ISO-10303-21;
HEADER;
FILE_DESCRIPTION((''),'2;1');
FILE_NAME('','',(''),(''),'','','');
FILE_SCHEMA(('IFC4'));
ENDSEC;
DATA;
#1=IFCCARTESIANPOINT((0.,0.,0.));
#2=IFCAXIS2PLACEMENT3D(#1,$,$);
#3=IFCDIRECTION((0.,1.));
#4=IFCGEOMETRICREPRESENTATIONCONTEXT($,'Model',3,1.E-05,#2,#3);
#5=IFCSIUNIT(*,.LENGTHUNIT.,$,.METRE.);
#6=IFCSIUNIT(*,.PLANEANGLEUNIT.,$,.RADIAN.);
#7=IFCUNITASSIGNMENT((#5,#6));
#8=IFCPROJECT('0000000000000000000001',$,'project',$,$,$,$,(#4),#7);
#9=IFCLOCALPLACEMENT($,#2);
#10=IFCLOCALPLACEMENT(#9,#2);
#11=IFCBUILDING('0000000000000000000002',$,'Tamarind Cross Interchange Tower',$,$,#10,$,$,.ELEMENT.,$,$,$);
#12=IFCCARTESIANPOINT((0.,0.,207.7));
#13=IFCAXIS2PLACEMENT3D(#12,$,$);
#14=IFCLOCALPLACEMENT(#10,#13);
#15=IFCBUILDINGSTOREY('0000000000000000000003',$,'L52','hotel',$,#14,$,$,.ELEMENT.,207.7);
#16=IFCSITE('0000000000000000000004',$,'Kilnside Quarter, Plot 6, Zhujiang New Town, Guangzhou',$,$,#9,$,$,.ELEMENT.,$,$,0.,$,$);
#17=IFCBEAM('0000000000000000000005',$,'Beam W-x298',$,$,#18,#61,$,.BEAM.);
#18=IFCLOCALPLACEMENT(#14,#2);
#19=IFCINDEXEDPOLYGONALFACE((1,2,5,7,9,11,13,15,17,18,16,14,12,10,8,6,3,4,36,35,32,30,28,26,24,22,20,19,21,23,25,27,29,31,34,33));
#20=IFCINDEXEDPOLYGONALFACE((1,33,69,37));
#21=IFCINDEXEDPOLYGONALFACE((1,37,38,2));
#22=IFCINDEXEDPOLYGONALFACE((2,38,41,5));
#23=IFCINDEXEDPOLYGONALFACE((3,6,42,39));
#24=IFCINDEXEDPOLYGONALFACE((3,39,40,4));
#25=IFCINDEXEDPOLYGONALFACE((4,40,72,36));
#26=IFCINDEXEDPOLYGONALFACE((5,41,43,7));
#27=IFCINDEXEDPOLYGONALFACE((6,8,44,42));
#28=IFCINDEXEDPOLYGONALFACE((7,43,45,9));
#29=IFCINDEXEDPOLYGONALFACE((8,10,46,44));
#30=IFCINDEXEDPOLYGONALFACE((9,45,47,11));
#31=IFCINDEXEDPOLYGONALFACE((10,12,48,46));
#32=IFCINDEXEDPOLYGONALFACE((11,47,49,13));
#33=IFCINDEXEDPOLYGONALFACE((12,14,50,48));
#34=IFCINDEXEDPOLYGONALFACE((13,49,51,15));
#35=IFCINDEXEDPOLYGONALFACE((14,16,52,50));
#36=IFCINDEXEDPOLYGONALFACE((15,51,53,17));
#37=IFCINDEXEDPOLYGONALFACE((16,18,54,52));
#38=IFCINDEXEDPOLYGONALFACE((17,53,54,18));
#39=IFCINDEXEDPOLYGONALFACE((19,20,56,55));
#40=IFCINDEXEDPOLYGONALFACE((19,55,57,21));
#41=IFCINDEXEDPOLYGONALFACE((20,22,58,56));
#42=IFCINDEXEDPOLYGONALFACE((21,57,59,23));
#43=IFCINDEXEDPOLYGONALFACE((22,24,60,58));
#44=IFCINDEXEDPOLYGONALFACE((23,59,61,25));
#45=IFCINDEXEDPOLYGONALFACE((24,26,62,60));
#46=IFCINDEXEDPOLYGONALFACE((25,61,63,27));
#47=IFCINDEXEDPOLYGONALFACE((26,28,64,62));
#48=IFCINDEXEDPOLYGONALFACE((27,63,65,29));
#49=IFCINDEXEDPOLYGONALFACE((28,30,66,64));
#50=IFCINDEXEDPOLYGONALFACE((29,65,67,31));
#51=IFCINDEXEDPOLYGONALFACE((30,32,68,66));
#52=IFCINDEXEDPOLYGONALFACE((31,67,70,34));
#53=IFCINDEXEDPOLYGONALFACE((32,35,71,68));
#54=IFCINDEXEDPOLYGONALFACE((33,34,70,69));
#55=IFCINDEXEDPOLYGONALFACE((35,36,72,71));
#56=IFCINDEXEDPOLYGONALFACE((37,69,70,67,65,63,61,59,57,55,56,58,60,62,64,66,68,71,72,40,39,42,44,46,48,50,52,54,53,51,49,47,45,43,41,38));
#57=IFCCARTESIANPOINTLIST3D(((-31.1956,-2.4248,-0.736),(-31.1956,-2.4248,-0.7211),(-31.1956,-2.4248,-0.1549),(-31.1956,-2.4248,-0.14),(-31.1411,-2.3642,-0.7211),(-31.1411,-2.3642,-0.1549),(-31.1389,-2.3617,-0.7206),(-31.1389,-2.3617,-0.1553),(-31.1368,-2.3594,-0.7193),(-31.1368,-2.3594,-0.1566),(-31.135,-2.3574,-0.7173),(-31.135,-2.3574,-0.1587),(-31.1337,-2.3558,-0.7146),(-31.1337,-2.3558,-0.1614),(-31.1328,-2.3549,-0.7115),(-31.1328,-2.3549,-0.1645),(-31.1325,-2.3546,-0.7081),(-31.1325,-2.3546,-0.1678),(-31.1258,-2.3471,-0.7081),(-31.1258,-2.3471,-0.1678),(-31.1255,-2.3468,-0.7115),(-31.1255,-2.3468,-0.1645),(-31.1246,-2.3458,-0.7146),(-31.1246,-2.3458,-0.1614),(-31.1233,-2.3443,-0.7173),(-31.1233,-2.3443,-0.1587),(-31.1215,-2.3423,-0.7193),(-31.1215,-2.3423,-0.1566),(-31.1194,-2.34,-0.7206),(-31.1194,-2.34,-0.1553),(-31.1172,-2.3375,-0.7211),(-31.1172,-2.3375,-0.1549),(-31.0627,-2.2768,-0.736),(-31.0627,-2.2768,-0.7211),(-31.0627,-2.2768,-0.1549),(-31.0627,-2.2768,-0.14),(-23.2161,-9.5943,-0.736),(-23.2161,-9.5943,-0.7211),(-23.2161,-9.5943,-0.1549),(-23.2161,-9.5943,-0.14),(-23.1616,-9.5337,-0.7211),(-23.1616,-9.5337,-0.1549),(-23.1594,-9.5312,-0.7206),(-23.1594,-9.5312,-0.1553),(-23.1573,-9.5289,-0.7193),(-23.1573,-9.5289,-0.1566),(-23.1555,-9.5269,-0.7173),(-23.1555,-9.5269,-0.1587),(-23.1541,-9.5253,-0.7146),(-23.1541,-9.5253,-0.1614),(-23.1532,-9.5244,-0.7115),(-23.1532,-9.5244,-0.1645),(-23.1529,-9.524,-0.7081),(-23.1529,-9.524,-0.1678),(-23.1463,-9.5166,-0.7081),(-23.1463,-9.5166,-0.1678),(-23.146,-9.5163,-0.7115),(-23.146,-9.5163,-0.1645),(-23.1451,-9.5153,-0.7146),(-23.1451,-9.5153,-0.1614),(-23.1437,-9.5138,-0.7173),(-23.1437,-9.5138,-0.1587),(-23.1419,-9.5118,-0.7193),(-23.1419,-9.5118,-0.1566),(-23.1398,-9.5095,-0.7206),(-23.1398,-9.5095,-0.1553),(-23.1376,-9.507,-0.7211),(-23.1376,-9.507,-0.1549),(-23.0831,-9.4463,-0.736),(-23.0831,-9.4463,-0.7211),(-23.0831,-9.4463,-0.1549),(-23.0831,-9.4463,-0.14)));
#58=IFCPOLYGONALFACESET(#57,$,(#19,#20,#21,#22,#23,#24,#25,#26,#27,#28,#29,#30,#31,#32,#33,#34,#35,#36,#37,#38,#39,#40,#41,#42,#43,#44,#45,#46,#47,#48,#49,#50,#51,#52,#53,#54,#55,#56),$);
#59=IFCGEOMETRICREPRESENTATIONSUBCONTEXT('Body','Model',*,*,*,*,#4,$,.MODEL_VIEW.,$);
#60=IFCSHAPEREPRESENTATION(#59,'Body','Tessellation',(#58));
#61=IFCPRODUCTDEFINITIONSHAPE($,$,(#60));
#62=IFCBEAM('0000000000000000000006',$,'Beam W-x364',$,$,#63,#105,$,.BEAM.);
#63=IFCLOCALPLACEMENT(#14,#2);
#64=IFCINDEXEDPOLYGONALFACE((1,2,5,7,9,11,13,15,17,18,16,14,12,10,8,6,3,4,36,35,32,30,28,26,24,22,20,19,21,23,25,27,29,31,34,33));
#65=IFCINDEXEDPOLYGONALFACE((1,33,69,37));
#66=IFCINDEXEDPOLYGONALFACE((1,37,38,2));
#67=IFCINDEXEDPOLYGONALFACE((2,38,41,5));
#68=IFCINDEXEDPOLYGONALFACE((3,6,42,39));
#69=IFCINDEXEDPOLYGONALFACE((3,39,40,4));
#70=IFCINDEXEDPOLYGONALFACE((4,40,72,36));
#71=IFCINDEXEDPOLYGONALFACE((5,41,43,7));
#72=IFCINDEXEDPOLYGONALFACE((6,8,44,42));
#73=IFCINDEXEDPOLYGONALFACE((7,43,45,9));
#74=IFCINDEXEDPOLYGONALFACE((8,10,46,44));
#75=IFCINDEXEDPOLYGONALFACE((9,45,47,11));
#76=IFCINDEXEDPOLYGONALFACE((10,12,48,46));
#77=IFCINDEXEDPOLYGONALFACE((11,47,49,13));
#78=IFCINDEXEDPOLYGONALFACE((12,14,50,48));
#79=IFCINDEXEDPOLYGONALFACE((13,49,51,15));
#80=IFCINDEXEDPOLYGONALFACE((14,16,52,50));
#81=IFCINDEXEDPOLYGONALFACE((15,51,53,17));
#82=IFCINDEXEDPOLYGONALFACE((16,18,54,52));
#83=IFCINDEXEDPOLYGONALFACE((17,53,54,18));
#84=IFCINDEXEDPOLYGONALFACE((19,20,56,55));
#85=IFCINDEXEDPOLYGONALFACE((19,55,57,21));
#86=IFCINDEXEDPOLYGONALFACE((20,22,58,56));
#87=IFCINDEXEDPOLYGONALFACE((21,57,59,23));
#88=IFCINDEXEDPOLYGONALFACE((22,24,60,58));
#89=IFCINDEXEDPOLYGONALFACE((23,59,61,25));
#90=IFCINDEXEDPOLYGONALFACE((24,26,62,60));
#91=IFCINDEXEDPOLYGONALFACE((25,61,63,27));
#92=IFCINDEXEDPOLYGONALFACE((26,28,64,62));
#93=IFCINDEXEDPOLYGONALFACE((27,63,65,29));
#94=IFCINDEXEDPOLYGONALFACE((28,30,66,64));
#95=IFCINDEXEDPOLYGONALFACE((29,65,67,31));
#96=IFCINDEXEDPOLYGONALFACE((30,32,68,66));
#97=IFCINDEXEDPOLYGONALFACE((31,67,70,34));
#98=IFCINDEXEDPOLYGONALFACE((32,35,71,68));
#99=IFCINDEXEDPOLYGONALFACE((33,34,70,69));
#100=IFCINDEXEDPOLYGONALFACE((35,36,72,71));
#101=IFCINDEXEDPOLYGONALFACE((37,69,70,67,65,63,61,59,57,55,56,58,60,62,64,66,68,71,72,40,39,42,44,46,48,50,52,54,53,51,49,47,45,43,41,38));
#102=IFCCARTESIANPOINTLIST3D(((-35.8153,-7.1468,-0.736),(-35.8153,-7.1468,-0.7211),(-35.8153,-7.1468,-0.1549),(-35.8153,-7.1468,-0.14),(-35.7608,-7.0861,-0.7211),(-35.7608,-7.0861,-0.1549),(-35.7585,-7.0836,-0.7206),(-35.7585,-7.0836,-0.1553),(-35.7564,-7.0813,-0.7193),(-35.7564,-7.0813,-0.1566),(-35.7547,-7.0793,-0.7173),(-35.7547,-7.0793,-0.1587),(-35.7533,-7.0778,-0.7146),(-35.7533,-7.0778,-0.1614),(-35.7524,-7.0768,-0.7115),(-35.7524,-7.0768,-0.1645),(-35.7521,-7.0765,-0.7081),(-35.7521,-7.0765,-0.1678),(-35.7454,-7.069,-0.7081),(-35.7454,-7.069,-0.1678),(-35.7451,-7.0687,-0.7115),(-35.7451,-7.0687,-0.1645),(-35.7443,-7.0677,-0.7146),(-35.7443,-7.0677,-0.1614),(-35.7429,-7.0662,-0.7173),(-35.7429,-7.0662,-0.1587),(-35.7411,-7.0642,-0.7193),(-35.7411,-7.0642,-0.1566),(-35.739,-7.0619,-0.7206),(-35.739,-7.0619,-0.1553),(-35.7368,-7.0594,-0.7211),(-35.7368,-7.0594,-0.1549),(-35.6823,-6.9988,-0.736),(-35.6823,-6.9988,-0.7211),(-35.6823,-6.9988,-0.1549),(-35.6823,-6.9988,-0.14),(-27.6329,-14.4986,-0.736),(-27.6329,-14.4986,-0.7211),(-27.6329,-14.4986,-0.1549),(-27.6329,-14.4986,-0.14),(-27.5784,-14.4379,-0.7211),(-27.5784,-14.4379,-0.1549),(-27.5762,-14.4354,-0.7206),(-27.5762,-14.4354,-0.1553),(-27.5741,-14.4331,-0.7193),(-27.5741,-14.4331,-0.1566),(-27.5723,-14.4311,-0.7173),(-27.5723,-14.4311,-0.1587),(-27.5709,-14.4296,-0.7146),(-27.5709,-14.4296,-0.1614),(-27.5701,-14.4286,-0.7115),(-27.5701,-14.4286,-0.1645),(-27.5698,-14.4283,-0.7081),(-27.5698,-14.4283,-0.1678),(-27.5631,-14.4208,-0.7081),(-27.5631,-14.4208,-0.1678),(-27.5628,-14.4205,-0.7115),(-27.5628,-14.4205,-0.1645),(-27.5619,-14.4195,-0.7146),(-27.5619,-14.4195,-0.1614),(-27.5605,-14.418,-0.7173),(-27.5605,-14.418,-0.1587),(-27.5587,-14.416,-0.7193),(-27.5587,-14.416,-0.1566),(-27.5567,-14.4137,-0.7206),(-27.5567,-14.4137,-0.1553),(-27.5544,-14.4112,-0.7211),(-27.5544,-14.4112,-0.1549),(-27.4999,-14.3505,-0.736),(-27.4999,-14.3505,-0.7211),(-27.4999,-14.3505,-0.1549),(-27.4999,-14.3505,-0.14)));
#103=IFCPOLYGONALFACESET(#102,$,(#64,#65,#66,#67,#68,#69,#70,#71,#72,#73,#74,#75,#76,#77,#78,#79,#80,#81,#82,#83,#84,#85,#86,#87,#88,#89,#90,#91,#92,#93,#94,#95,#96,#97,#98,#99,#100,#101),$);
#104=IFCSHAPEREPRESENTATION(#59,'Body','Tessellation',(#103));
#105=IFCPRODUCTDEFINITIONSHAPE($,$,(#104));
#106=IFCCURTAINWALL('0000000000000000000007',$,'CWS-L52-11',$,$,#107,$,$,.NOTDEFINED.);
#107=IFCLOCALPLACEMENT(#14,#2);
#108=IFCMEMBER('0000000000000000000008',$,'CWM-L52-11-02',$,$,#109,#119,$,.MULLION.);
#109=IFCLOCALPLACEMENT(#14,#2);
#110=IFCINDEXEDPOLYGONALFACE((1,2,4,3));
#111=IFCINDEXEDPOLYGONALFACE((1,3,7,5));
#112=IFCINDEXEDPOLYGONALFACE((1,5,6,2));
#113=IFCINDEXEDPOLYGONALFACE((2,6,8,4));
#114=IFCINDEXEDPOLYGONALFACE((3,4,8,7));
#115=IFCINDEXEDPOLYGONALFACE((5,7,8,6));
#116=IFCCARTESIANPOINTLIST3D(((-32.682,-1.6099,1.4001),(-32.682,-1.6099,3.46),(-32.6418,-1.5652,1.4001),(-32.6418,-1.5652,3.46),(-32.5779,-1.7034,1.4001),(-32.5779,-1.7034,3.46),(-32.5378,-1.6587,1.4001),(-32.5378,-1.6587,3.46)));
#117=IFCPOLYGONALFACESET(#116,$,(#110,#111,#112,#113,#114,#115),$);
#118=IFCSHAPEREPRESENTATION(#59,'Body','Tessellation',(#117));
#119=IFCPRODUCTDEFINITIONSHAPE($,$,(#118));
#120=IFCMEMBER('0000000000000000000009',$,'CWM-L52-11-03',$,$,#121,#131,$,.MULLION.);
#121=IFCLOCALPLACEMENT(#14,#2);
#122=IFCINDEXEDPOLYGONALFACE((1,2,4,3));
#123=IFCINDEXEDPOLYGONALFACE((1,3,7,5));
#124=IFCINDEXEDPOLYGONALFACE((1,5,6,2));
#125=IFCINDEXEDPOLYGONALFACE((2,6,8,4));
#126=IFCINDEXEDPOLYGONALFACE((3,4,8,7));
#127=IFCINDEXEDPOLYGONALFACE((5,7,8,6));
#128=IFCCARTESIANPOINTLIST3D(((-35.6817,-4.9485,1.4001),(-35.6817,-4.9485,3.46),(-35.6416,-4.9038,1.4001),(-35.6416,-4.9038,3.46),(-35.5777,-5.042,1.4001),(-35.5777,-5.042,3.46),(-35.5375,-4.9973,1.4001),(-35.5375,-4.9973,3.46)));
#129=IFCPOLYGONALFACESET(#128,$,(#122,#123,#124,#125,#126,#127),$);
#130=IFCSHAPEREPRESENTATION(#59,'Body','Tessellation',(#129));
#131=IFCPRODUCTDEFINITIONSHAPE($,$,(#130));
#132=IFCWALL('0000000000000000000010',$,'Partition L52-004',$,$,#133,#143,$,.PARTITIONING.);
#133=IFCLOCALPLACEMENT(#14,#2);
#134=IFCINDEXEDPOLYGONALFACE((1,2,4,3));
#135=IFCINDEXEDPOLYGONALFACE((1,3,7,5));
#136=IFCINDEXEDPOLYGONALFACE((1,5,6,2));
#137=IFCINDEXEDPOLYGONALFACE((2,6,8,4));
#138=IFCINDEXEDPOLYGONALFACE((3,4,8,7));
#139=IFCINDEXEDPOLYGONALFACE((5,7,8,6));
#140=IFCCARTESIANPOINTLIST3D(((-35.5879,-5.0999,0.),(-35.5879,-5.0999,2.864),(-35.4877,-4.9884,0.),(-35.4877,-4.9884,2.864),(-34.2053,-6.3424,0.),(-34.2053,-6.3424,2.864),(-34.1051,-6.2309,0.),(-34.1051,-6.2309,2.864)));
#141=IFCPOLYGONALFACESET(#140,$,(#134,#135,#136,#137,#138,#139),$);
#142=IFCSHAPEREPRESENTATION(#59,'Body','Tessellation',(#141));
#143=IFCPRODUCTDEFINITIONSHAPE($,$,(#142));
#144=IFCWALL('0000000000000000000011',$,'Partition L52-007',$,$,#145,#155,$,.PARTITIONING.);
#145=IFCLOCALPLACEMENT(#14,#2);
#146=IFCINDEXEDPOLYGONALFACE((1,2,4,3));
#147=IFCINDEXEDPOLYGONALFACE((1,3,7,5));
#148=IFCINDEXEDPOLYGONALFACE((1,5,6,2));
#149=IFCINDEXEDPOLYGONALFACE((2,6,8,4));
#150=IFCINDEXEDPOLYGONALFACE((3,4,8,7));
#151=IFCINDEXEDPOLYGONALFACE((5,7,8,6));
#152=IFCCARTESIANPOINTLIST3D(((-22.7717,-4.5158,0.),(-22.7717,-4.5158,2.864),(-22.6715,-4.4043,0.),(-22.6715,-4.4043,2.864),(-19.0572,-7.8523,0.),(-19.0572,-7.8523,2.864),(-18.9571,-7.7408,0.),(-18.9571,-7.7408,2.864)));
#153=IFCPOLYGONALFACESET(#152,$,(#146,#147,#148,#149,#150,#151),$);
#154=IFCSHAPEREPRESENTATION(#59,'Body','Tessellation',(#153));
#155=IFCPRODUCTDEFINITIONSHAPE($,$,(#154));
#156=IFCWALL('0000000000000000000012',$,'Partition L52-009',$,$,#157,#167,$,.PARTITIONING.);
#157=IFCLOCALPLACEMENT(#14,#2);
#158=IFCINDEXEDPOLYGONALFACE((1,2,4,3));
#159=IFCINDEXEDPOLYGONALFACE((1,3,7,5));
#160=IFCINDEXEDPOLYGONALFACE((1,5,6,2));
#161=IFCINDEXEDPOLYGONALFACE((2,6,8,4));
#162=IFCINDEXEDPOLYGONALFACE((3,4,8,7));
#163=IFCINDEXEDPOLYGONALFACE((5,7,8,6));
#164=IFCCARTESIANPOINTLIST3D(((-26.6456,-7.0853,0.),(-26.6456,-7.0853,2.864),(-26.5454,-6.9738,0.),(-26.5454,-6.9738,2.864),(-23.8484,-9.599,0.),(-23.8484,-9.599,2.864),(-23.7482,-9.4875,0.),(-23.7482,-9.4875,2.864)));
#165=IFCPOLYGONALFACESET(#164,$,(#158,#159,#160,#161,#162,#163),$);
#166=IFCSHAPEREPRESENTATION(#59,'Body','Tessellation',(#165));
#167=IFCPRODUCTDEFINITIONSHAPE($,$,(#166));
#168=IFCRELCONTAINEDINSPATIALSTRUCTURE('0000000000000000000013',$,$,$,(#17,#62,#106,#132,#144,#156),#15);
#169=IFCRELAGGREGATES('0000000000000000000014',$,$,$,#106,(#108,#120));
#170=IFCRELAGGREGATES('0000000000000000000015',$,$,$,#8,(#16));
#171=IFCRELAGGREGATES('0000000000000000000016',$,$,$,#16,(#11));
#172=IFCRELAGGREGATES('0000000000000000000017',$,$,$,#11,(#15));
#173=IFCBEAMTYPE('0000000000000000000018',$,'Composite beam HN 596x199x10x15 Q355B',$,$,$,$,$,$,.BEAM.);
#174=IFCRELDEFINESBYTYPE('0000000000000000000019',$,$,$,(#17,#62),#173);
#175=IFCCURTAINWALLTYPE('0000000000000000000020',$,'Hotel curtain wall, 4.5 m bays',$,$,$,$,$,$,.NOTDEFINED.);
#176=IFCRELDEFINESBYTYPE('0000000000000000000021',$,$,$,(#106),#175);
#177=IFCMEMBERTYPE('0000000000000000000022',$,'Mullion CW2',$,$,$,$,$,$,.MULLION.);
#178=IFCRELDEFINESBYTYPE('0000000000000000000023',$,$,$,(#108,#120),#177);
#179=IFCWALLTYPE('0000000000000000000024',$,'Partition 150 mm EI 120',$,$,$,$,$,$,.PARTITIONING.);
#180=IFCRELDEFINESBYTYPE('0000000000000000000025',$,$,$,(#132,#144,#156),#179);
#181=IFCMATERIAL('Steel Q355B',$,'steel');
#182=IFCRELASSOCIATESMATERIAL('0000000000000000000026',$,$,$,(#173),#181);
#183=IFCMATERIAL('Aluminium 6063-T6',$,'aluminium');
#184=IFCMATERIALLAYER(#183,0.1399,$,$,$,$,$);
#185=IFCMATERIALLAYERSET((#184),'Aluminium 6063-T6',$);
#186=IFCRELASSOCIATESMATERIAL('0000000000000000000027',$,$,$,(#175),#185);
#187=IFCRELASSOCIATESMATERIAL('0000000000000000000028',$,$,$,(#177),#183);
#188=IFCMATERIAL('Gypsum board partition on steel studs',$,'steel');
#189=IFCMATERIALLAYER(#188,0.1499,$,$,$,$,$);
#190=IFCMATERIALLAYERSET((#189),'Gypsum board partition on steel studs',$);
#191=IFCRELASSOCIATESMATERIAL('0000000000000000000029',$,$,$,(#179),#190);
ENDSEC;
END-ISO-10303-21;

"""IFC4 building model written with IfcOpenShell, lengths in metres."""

from ifc_helpers import new_model, si_unit, direction, frame, frame_2d, origin, origin_2d, place, context, subcontext, project, spatial, rectangle, i_section, extrude, material, layer, layer_set, material_profile, profile_set, type_object, element, aggregate, save


model = new_model("IFC4")

# Units and contexts
model_context = context("Model", 3, precision=1e-05, world=origin(), true_north=direction((0.0, 1.0)))
body_context = subcontext(model_context, "Body", "Model", "MODEL_VIEW")
ifc_project = project(units=[si_unit("LENGTHUNIT", "METRE"), si_unit("PLANEANGLEUNIT", "RADIAN")], contexts=[model_context])

# Site, building, storey
site_placement = place(None, origin())
site = spatial("IfcSite", under=ifc_project, at=site_placement, Name="Kilnside Quarter, Plot 6, Zhujiang New Town, Guangzhou", CompositionType="ELEMENT", RefElevation=0.0)
building_placement = place(site_placement, origin())
building = spatial("IfcBuilding", under=site, at=building_placement, Name="Tamarind Cross Interchange Tower", CompositionType="ELEMENT")
storey_placement = place(building_placement, frame((0.0, 0.0, 207.7)))
storey = spatial("IfcBuildingStorey", under=building, at=storey_placement, Name="L52", Description="hotel", CompositionType="ELEMENT", Elevation=207.7)

# Beams
ifc_material_1 = material(Name="Steel Q355B", Category="steel")
ifc_material_profile_1 = material_profile(ifc_material_1, i_section(OverallWidth=0.199, OverallDepth=0.5959, WebThickness=0.01, FlangeThickness=0.0149, FilletRadius=0.0129, at=origin_2d()), Name="HN 596x199x10x15")
ifc_profile_set_1 = profile_set([ifc_material_profile_1], Name="Steel Q355B")
beam_type_1 = type_object("IfcBeamType", Name="Composite beam HN 596x199x10x15 Q355B", PredefinedType="BEAM", material=ifc_profile_set_1)
beam_1_placement = place(storey_placement, frame((-31.1292, -2.3508, -0.438), z_axis=(0.743855, -0.668341, 0.0), x_axis=(0.668341, 0.743855, 0.0)))
element("IfcBeam", 1, at=beam_1_placement, inside=storey, type_object=beam_type_1, Name="Beam W-x298", PredefinedType="BEAM", context=body_context, shape_type="SweptSolid", body=[
    extrude(i_section(OverallWidth=0.199, OverallDepth=0.5959, WebThickness=0.01, FlangeThickness=0.0149, FilletRadius=0.0129, at=origin_2d()), origin(), (0.0, 0.0, 1.0), 10.7273),
])
beam_2_placement = place(storey_placement, frame((-35.7488, -7.0728, -0.438), z_axis=(0.743851, -0.668345, 0.0), x_axis=(0.668345, 0.743851, 0.0)))
element("IfcBeam", 2, at=beam_2_placement, inside=storey, type_object=beam_type_1, Name="Beam W-x364", PredefinedType="BEAM", context=body_context, shape_type="SweptSolid", body=[
    extrude(i_section(OverallWidth=0.199, OverallDepth=0.5959, WebThickness=0.01, FlangeThickness=0.0149, FilletRadius=0.0129, at=origin_2d()), origin(), (0.0, 0.0, 1.0), 11.0),
])

# Curtain wall, members
ifc_material_2 = material(Name="Aluminium 6063-T6", Category="aluminium")
ifc_layer_1 = layer(ifc_material_2, 0.1399)
ifc_layer_set_1 = layer_set([ifc_layer_1], Name="Aluminium 6063-T6")
curtain_wall_type = type_object("IfcCurtainWallType", Name="Hotel curtain wall, 4.5 m bays", PredefinedType="NOTDEFINED", material=ifc_layer_set_1)
curtain_wall_placement = place(storey_placement, origin())
curtain_wall = element("IfcCurtainWall", 3, at=curtain_wall_placement, inside=storey, type_object=curtain_wall_type, Name="CWS-L52-11", PredefinedType="NOTDEFINED")
ifc_material_profile_2 = material_profile(ifc_material_2, rectangle(XDim=0.0601, YDim=0.1399, at=origin_2d()), Name="Mullion CW2")
ifc_profile_set_2 = profile_set([ifc_material_profile_2], Name="Aluminium 6063-T6")
member_type = type_object("IfcMemberType", Name="Mullion CW2", PredefinedType="MULLION", material=ifc_profile_set_2)
member_1_placement = place(storey_placement, frame((-32.6099, -1.6343, 1.4001), z_axis=(0.0, 0.0, 1.0), x_axis=(-0.668342, -0.743854, 0.0)))
member_1 = element("IfcMember", 4, at=member_1_placement, type_object=member_type, Name="CWM-L52-11-02", PredefinedType="MULLION", context=body_context, shape_type="SweptSolid", body=[
    extrude(rectangle(XDim=0.0601, YDim=0.1399, at=origin_2d()), origin(), (0.0, 0.0, 1.0), 2.0598),
])
member_2_placement = place(storey_placement, frame((-35.6096, -4.9729, 1.4001), z_axis=(0.0, 0.0, 1.0), x_axis=(-0.668342, -0.743854, 0.0)))
member_2 = element("IfcMember", 5, at=member_2_placement, type_object=member_type, Name="CWM-L52-11-03", PredefinedType="MULLION", context=body_context, shape_type="SweptSolid", body=[
    extrude(rectangle(XDim=0.0601, YDim=0.1399, at=origin_2d()), origin(), (0.0, 0.0, 1.0), 2.0598),
])
aggregate(curtain_wall, [member_1, member_2])

# Walls
ifc_material_3 = material(Name="Gypsum board partition on steel studs", Category="steel")
ifc_layer_2 = layer(ifc_material_3, 0.1499)
ifc_layer_set_2 = layer_set([ifc_layer_2], Name="Gypsum board partition on steel studs")
wall_type_1 = type_object("IfcWallType", Name="Partition 150 mm EI 120", PredefinedType="PARTITIONING", material=ifc_layer_set_2)
wall_1_placement = place(storey_placement, frame((-35.5378, -5.0442, 0.0), z_axis=(0.0, 0.0, 1.0), x_axis=(0.743797, -0.668406, 0.0)))
element("IfcWall", 6, at=wall_1_placement, inside=storey, type_object=wall_type_1, Name="Partition L52-004", PredefinedType="PARTITIONING", context=body_context, shape_type="SweptSolid", body=[
    extrude(rectangle(XDim=1.8589, YDim=0.1499, at=frame_2d((0.9294, 0.0))), origin(), (0.0, 0.0, 1.0), 2.864),
])
wall_2_placement = place(storey_placement, frame((-22.7217, -4.46, 0.0), z_axis=(0.0, 0.0, 1.0), x_axis=(0.743941, -0.668246, 0.0)))
element("IfcWall", 7, at=wall_2_placement, inside=storey, type_object=wall_type_1, Name="Partition L52-007", PredefinedType="PARTITIONING", context=body_context, shape_type="SweptSolid", body=[
    extrude(rectangle(XDim=4.9929, YDim=0.1499, at=frame_2d((2.4966, 0.0))), origin(), (0.0, 0.0, 1.0), 2.864),
])
wall_3_placement = place(storey_placement, frame((-26.5955, -7.0295, 0.0), z_axis=(0.0, 0.0, 1.0), x_axis=(0.743788, -0.668416, 0.0)))
element("IfcWall", 8, at=wall_3_placement, inside=storey, type_object=wall_type_1, Name="Partition L52-009", PredefinedType="PARTITIONING", context=body_context, shape_type="SweptSolid", body=[
    extrude(rectangle(XDim=3.7607, YDim=0.1499, at=frame_2d((1.8804, 0.0))), origin(), (0.0, 0.0, 1.0), 2.864),
])

save(model, "model.ifc")
